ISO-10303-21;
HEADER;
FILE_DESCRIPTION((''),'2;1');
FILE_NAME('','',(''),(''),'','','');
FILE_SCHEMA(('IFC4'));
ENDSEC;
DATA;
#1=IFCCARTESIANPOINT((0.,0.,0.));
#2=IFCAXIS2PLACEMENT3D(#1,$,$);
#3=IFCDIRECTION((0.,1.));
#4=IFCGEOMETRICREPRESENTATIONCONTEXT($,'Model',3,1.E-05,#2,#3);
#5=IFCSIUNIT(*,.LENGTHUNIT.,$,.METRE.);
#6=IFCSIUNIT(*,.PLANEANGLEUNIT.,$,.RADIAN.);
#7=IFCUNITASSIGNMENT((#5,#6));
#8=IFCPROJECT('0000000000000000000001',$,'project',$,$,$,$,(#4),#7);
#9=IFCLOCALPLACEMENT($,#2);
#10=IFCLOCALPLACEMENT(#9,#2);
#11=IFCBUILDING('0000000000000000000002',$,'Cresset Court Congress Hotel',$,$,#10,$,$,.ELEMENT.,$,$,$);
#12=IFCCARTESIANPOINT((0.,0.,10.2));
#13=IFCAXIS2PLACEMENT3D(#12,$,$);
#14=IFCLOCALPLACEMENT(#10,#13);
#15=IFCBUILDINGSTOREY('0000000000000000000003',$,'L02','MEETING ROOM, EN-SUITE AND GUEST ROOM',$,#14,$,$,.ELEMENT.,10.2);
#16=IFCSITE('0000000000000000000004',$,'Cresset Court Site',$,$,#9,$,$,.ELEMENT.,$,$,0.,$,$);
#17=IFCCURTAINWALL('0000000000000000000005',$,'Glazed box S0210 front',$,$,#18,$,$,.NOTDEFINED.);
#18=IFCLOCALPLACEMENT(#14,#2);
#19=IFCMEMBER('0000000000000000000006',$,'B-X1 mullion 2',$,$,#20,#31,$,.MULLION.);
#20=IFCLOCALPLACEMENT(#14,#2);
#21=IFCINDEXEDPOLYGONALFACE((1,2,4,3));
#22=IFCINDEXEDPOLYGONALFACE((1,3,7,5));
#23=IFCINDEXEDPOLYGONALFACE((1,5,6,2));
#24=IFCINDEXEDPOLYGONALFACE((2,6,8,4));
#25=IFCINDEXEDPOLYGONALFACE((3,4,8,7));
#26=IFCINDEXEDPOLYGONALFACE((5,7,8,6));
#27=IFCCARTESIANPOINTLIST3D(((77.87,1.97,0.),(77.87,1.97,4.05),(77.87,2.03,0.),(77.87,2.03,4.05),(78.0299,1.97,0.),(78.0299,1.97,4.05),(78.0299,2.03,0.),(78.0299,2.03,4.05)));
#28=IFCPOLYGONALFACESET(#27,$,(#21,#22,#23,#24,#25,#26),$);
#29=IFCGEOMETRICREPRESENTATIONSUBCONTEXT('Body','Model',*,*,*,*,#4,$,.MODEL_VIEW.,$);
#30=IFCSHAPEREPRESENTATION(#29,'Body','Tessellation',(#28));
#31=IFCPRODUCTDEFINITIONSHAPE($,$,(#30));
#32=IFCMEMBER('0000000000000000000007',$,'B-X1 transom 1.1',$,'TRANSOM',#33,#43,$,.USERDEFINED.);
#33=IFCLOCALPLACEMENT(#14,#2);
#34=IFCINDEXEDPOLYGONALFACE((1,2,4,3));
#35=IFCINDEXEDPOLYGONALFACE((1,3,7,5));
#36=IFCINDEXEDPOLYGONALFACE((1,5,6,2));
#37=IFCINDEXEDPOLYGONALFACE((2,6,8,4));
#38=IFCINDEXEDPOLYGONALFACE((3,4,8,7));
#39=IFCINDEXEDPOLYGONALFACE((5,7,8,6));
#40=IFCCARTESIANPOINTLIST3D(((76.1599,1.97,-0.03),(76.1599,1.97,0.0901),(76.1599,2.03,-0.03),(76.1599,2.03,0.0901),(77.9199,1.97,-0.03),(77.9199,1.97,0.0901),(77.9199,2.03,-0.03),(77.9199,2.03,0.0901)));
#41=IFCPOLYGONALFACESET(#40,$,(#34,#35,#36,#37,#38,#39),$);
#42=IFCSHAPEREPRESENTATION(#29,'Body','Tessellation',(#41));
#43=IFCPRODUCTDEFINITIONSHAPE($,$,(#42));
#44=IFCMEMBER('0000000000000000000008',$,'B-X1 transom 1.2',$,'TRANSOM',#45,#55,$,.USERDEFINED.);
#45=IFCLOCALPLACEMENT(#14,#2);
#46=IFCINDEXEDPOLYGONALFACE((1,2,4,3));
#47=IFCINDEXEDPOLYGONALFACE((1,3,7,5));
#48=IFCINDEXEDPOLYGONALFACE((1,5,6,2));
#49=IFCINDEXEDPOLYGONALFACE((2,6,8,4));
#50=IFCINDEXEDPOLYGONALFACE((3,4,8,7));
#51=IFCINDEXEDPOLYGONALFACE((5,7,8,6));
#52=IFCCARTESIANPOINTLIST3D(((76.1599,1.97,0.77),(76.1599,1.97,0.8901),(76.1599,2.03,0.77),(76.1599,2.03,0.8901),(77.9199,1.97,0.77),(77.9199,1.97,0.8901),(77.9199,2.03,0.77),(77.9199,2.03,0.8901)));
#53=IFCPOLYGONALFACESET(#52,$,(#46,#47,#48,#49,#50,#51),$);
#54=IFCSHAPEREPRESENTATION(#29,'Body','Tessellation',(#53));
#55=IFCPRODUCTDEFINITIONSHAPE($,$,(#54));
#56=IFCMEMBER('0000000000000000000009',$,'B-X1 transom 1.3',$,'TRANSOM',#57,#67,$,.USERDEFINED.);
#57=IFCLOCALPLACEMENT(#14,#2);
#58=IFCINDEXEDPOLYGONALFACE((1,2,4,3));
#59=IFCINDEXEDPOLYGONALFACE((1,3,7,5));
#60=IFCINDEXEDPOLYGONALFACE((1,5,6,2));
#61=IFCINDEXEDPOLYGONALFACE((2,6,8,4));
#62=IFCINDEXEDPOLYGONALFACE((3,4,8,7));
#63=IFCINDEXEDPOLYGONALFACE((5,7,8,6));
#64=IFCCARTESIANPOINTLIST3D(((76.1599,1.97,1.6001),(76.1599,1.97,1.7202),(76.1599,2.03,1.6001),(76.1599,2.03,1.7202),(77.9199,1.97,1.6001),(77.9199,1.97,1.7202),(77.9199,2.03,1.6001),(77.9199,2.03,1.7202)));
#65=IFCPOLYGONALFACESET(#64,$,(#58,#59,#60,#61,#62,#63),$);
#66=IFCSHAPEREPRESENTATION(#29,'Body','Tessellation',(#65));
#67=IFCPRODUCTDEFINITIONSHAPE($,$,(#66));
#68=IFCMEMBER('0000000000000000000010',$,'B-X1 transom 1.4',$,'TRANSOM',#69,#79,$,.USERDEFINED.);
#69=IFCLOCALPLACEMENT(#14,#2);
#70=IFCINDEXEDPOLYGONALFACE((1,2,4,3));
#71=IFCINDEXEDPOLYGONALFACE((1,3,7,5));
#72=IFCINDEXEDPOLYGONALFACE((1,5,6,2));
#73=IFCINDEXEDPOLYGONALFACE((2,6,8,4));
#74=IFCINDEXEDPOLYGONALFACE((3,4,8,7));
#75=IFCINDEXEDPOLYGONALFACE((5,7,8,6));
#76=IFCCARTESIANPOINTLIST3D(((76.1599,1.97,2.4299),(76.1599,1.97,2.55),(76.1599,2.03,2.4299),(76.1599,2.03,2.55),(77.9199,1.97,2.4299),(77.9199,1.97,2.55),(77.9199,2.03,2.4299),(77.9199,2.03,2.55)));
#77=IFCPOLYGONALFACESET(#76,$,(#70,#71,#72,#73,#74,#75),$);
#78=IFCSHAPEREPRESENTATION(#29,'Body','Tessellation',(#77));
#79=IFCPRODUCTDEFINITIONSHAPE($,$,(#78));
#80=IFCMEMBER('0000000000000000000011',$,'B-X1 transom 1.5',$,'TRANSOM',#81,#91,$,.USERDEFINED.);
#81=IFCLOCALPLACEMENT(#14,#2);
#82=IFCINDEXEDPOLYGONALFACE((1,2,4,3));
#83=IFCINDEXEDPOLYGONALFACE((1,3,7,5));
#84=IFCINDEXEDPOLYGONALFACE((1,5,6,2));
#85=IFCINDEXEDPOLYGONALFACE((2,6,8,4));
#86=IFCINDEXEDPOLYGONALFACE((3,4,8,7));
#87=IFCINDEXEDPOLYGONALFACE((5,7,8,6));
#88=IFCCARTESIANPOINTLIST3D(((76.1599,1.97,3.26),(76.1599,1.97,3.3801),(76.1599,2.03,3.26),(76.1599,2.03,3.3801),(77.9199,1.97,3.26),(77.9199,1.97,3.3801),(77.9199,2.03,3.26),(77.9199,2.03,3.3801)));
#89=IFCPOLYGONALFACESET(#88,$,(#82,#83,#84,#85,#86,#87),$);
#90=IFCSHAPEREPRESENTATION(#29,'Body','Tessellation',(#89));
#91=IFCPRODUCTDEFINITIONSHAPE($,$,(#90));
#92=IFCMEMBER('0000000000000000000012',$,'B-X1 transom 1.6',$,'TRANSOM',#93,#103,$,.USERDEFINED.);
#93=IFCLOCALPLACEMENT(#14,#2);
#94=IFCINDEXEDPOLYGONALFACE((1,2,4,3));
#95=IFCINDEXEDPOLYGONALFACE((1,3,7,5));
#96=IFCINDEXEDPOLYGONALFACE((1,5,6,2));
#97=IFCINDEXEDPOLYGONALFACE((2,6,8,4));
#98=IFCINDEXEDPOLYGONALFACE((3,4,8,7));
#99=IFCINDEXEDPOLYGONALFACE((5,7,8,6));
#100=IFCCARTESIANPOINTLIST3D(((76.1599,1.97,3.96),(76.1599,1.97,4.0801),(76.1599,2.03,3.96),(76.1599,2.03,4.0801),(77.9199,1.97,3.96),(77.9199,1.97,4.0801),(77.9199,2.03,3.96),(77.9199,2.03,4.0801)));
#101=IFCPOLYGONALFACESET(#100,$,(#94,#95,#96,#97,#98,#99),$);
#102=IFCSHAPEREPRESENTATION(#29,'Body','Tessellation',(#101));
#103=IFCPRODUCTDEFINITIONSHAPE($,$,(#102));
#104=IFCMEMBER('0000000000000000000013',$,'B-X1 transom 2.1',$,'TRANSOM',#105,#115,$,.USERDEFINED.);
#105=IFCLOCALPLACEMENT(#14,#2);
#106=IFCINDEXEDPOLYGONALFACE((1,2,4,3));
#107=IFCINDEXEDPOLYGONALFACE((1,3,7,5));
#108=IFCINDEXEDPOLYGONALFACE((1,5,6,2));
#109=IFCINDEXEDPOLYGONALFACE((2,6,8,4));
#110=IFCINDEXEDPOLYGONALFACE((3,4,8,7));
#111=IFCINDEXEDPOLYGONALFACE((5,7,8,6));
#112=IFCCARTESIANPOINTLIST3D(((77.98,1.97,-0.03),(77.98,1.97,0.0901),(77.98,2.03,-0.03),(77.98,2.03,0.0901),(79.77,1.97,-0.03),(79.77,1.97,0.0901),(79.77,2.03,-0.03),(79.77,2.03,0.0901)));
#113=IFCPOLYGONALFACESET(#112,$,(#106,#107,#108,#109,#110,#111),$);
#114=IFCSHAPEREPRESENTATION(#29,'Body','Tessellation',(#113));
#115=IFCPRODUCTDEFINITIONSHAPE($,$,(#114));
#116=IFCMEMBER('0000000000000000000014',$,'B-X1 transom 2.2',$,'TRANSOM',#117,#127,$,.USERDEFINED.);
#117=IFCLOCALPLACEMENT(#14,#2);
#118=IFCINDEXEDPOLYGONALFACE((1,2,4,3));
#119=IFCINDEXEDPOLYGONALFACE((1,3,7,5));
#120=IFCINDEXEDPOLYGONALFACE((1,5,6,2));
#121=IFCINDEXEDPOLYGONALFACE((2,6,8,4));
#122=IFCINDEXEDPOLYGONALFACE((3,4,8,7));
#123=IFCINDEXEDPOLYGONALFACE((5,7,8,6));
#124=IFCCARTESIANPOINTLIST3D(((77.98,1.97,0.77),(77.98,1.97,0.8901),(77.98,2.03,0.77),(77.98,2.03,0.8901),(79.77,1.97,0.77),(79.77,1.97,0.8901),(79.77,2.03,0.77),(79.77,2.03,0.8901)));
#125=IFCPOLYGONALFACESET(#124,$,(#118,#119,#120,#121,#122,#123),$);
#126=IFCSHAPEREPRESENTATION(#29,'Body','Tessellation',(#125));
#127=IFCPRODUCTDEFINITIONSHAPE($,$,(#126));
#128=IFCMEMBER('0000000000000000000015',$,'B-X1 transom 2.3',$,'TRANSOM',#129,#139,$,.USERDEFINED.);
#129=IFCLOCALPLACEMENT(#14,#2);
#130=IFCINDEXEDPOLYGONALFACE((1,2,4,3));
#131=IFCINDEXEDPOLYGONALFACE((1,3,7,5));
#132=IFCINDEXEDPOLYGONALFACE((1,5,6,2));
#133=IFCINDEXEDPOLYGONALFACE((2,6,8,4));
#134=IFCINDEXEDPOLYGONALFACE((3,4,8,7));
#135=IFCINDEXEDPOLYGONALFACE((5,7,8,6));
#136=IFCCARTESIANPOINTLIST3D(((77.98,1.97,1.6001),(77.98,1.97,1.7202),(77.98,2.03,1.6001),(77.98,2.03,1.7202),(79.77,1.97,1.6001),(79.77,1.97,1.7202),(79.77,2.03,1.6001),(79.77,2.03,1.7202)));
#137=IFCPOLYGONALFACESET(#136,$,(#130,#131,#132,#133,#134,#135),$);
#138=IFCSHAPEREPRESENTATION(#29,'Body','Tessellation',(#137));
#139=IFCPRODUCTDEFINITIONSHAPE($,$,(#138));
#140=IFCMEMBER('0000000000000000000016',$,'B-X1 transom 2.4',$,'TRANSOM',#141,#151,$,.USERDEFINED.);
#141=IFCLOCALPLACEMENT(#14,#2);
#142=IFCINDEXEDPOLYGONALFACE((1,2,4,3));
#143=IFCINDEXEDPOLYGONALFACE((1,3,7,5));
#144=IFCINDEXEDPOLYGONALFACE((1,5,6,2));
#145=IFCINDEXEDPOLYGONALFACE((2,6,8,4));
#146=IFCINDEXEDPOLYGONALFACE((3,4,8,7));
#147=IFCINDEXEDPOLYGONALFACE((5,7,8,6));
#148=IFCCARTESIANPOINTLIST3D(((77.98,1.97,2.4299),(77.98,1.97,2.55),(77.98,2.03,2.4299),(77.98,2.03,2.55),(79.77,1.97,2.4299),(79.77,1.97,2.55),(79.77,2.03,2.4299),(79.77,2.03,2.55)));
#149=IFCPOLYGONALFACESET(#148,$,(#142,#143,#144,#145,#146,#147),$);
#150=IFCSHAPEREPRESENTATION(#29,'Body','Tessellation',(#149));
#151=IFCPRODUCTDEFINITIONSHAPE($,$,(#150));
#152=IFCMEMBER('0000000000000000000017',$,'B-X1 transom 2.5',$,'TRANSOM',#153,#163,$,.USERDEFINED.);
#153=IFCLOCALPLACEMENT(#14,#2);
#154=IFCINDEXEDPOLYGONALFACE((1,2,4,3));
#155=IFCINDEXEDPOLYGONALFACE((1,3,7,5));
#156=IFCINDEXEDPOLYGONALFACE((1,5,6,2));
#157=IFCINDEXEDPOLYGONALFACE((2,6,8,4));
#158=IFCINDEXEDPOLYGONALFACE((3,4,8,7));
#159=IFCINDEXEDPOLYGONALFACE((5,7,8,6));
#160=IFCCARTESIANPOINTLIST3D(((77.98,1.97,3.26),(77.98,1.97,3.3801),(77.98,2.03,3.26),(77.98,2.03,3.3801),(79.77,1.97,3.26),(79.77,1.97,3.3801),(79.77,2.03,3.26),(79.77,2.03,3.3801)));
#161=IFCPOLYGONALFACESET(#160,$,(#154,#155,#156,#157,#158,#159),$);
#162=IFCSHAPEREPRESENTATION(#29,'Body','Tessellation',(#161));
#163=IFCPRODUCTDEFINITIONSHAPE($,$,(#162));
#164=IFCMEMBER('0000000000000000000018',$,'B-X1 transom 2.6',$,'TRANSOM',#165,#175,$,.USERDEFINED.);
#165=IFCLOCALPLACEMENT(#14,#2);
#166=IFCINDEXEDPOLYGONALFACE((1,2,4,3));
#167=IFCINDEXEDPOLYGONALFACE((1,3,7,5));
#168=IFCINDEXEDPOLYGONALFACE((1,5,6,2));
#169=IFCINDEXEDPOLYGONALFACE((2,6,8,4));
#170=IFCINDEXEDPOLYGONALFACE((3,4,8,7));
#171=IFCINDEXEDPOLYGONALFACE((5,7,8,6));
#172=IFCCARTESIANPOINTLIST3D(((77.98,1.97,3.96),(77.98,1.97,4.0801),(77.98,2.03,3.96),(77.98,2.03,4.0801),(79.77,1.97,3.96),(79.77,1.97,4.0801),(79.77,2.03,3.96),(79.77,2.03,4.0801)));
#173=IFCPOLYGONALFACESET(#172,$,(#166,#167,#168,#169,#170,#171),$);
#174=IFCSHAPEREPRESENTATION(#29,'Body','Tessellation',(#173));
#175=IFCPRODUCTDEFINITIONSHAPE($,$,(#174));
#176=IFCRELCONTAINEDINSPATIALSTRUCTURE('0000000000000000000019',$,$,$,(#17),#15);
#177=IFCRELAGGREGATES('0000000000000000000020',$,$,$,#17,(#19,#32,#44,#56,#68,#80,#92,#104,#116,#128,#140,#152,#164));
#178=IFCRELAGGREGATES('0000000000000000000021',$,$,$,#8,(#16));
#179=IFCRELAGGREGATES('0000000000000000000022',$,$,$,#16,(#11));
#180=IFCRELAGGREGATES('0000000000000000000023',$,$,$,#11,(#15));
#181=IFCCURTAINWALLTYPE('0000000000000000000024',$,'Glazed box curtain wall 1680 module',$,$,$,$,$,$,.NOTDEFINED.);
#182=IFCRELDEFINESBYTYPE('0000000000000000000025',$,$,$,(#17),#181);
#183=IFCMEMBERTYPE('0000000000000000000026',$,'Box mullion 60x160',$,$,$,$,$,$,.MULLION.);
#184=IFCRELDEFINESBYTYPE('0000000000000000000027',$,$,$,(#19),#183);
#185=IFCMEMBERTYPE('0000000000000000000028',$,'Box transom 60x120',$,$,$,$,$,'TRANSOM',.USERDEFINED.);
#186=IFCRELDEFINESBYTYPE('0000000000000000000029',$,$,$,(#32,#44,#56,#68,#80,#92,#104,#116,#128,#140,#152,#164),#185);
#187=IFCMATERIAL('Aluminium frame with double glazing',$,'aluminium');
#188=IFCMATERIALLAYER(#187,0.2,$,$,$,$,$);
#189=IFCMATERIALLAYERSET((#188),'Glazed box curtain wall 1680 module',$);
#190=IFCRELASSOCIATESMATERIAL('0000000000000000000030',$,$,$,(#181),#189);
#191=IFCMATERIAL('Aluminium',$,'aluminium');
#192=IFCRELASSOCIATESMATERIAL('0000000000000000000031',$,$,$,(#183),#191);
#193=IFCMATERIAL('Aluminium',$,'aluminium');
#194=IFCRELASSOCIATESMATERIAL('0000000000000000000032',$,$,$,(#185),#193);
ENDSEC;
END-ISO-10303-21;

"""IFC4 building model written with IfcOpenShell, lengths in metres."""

from ifc_helpers import new_model, si_unit, direction, frame, origin, origin_2d, place, context, subcontext, project, spatial, rectangle, extrude, material, layer, layer_set, material_profile, profile_set, type_object, element, aggregate, save


model = new_model("IFC4")

# Units and contexts
model_context = context("Model", 3, precision=1e-05, world=origin(), true_north=direction((0.0, 1.0)))
body_context = subcontext(model_context, "Body", "Model", "MODEL_VIEW")
ifc_project = project(units=[si_unit("LENGTHUNIT", "METRE"), si_unit("PLANEANGLEUNIT", "RADIAN")], contexts=[model_context])

# Site, building, storey
site_placement = place(None, origin())
site = spatial("IfcSite", under=ifc_project, at=site_placement, Name="Cresset Court Site", CompositionType="ELEMENT", RefElevation=0.0)
building_placement = place(site_placement, origin())
building = spatial("IfcBuilding", under=site, at=building_placement, Name="Cresset Court Congress Hotel", CompositionType="ELEMENT")
storey_placement = place(building_placement, frame((0.0, 0.0, 10.2)))
storey = spatial("IfcBuildingStorey", under=building, at=storey_placement, Name="L02", Description="MEETING ROOM, EN-SUITE AND GUEST ROOM", CompositionType="ELEMENT", Elevation=10.2)

# Curtain wall, members
ifc_material_1 = material(Name="Aluminium frame with double glazing", Category="aluminium")
ifc_layer_1 = layer(ifc_material_1, 0.2)
ifc_layer_set_1 = layer_set([ifc_layer_1], Name="Glazed box curtain wall 1680 module")
curtain_wall_type = type_object("IfcCurtainWallType", Name="Glazed box curtain wall 1680 module", PredefinedType="NOTDEFINED", material=ifc_layer_set_1)
curtain_wall_placement = place(storey_placement, origin())
curtain_wall = element("IfcCurtainWall", 1, at=curtain_wall_placement, inside=storey, type_object=curtain_wall_type, Name="Glazed box S0210 front", PredefinedType="NOTDEFINED")
ifc_material_2 = material(Name="Aluminium", Category="aluminium")
ifc_material_profile_1 = material_profile(ifc_material_2, rectangle(XDim=0.0601, YDim=0.1599, at=origin_2d()), Name="Box mullion 60x160")
ifc_profile_set_1 = profile_set([ifc_material_profile_1], Name="Aluminium")
member_type_1 = type_object("IfcMemberType", Name="Box mullion 60x160", PredefinedType="MULLION", material=ifc_profile_set_1)
member_1_placement = place(storey_placement, frame((77.95, 2.0, 0.0), z_axis=(0.0, 0.0, 1.0), x_axis=(0.0, 1.0, 0.0)))
member_1 = element("IfcMember", 2, at=member_1_placement, type_object=member_type_1, Name="B-X1 mullion 2", PredefinedType="MULLION", context=body_context, shape_type="SweptSolid", body=[
    extrude(rectangle(XDim=0.0601, YDim=0.1599, at=origin_2d()), origin(), (0.0, 0.0, 1.0), 4.05),
])
ifc_material_3 = material(Name="Aluminium", Category="aluminium")
ifc_material_profile_2 = material_profile(ifc_material_3, rectangle(XDim=0.0601, YDim=0.1201, at=origin_2d()), Name="Box transom 60x120")
ifc_profile_set_2 = profile_set([ifc_material_profile_2], Name="Aluminium")
member_type_2 = type_object("IfcMemberType", Name="Box transom 60x120", ElementType="TRANSOM", PredefinedType="USERDEFINED", material=ifc_profile_set_2)
member_2_placement = place(storey_placement, frame((76.1599, 2.0, 0.03), z_axis=(1.0, 0.0, 0.0), x_axis=(0.0, 1.0, 0.0)))
member_2 = element("IfcMember", 3, at=member_2_placement, type_object=member_type_2, Name="B-X1 transom 1.1", ObjectType="TRANSOM", PredefinedType="USERDEFINED", context=body_context, shape_type="SweptSolid", body=[
    extrude(rectangle(XDim=0.0601, YDim=0.1201, at=origin_2d()), origin(), (0.0, 0.0, 1.0), 1.76),
])
member_3_placement = place(storey_placement, frame((76.1599, 2.0, 0.8301), z_axis=(1.0, 0.0, 0.0), x_axis=(0.0, 1.0, 0.0)))
member_3 = element("IfcMember", 4, at=member_3_placement, type_object=member_type_2, Name="B-X1 transom 1.2", ObjectType="TRANSOM", PredefinedType="USERDEFINED", context=body_context, shape_type="SweptSolid", body=[
    extrude(rectangle(XDim=0.0601, YDim=0.1201, at=origin_2d()), origin(), (0.0, 0.0, 1.0), 1.76),
])
member_4_placement = place(storey_placement, frame((76.1599, 2.0, 1.6602), z_axis=(1.0, 0.0, 0.0), x_axis=(0.0, 1.0, 0.0)))
member_4 = element("IfcMember", 5, at=member_4_placement, type_object=member_type_2, Name="B-X1 transom 1.3", ObjectType="TRANSOM", PredefinedType="USERDEFINED", context=body_context, shape_type="SweptSolid", body=[
    extrude(rectangle(XDim=0.0601, YDim=0.1201, at=origin_2d()), origin(), (0.0, 0.0, 1.0), 1.76),
])
member_5_placement = place(storey_placement, frame((76.1599, 2.0, 2.49), z_axis=(1.0, 0.0, 0.0), x_axis=(0.0, 1.0, 0.0)))
member_5 = element("IfcMember", 6, at=member_5_placement, type_object=member_type_2, Name="B-X1 transom 1.4", ObjectType="TRANSOM", PredefinedType="USERDEFINED", context=body_context, shape_type="SweptSolid", body=[
    extrude(rectangle(XDim=0.0601, YDim=0.1201, at=origin_2d()), origin(), (0.0, 0.0, 1.0), 1.76),
])
member_6_placement = place(storey_placement, frame((76.1599, 2.0, 3.3201), z_axis=(1.0, 0.0, 0.0), x_axis=(0.0, 1.0, 0.0)))
member_6 = element("IfcMember", 7, at=member_6_placement, type_object=member_type_2, Name="B-X1 transom 1.5", ObjectType="TRANSOM", PredefinedType="USERDEFINED", context=body_context, shape_type="SweptSolid", body=[
    extrude(rectangle(XDim=0.0601, YDim=0.1201, at=origin_2d()), origin(), (0.0, 0.0, 1.0), 1.76),
])
member_7_placement = place(storey_placement, frame((76.1599, 2.0, 4.02), z_axis=(1.0, 0.0, 0.0), x_axis=(0.0, 1.0, 0.0)))
member_7 = element("IfcMember", 8, at=member_7_placement, type_object=member_type_2, Name="B-X1 transom 1.6", ObjectType="TRANSOM", PredefinedType="USERDEFINED", context=body_context, shape_type="SweptSolid", body=[
    extrude(rectangle(XDim=0.0601, YDim=0.1201, at=origin_2d()), origin(), (0.0, 0.0, 1.0), 1.76),
])
member_8_placement = place(storey_placement, frame((77.98, 2.0, 0.03), z_axis=(1.0, 0.0, 0.0), x_axis=(0.0, 1.0, 0.0)))
member_8 = element("IfcMember", 9, at=member_8_placement, type_object=member_type_2, Name="B-X1 transom 2.1", ObjectType="TRANSOM", PredefinedType="USERDEFINED", context=body_context, shape_type="SweptSolid", body=[
    extrude(rectangle(XDim=0.0601, YDim=0.1201, at=origin_2d()), origin(), (0.0, 0.0, 1.0), 1.79),
])
member_9_placement = place(storey_placement, frame((77.98, 2.0, 0.8301), z_axis=(1.0, 0.0, 0.0), x_axis=(0.0, 1.0, 0.0)))
member_9 = element("IfcMember", 10, at=member_9_placement, type_object=member_type_2, Name="B-X1 transom 2.2", ObjectType="TRANSOM", PredefinedType="USERDEFINED", context=body_context, shape_type="SweptSolid", body=[
    extrude(rectangle(XDim=0.0601, YDim=0.1201, at=origin_2d()), origin(), (0.0, 0.0, 1.0), 1.79),
])
member_10_placement = place(storey_placement, frame((77.98, 2.0, 1.6602), z_axis=(1.0, 0.0, 0.0), x_axis=(0.0, 1.0, 0.0)))
member_10 = element("IfcMember", 11, at=member_10_placement, type_object=member_type_2, Name="B-X1 transom 2.3", ObjectType="TRANSOM", PredefinedType="USERDEFINED", context=body_context, shape_type="SweptSolid", body=[
    extrude(rectangle(XDim=0.0601, YDim=0.1201, at=origin_2d()), origin(), (0.0, 0.0, 1.0), 1.79),
])
member_11_placement = place(storey_placement, frame((77.98, 2.0, 2.49), z_axis=(1.0, 0.0, 0.0), x_axis=(0.0, 1.0, 0.0)))
member_11 = element("IfcMember", 12, at=member_11_placement, type_object=member_type_2, Name="B-X1 transom 2.4", ObjectType="TRANSOM", PredefinedType="USERDEFINED", context=body_context, shape_type="SweptSolid", body=[
    extrude(rectangle(XDim=0.0601, YDim=0.1201, at=origin_2d()), origin(), (0.0, 0.0, 1.0), 1.79),
])
member_12_placement = place(storey_placement, frame((77.98, 2.0, 3.3201), z_axis=(1.0, 0.0, 0.0), x_axis=(0.0, 1.0, 0.0)))
member_12 = element("IfcMember", 13, at=member_12_placement, type_object=member_type_2, Name="B-X1 transom 2.5", ObjectType="TRANSOM", PredefinedType="USERDEFINED", context=body_context, shape_type="SweptSolid", body=[
    extrude(rectangle(XDim=0.0601, YDim=0.1201, at=origin_2d()), origin(), (0.0, 0.0, 1.0), 1.79),
])
member_13_placement = place(storey_placement, frame((77.98, 2.0, 4.02), z_axis=(1.0, 0.0, 0.0), x_axis=(0.0, 1.0, 0.0)))
member_13 = element("IfcMember", 14, at=member_13_placement, type_object=member_type_2, Name="B-X1 transom 2.6", ObjectType="TRANSOM", PredefinedType="USERDEFINED", context=body_context, shape_type="SweptSolid", body=[
    extrude(rectangle(XDim=0.0601, YDim=0.1201, at=origin_2d()), origin(), (0.0, 0.0, 1.0), 1.79),
])

aggregate(curtain_wall, [member_1, member_2, member_3, member_4, member_5, member_6, member_7, member_8, member_9, member_10, member_11, member_12, member_13])

save(model, "model.ifc")
